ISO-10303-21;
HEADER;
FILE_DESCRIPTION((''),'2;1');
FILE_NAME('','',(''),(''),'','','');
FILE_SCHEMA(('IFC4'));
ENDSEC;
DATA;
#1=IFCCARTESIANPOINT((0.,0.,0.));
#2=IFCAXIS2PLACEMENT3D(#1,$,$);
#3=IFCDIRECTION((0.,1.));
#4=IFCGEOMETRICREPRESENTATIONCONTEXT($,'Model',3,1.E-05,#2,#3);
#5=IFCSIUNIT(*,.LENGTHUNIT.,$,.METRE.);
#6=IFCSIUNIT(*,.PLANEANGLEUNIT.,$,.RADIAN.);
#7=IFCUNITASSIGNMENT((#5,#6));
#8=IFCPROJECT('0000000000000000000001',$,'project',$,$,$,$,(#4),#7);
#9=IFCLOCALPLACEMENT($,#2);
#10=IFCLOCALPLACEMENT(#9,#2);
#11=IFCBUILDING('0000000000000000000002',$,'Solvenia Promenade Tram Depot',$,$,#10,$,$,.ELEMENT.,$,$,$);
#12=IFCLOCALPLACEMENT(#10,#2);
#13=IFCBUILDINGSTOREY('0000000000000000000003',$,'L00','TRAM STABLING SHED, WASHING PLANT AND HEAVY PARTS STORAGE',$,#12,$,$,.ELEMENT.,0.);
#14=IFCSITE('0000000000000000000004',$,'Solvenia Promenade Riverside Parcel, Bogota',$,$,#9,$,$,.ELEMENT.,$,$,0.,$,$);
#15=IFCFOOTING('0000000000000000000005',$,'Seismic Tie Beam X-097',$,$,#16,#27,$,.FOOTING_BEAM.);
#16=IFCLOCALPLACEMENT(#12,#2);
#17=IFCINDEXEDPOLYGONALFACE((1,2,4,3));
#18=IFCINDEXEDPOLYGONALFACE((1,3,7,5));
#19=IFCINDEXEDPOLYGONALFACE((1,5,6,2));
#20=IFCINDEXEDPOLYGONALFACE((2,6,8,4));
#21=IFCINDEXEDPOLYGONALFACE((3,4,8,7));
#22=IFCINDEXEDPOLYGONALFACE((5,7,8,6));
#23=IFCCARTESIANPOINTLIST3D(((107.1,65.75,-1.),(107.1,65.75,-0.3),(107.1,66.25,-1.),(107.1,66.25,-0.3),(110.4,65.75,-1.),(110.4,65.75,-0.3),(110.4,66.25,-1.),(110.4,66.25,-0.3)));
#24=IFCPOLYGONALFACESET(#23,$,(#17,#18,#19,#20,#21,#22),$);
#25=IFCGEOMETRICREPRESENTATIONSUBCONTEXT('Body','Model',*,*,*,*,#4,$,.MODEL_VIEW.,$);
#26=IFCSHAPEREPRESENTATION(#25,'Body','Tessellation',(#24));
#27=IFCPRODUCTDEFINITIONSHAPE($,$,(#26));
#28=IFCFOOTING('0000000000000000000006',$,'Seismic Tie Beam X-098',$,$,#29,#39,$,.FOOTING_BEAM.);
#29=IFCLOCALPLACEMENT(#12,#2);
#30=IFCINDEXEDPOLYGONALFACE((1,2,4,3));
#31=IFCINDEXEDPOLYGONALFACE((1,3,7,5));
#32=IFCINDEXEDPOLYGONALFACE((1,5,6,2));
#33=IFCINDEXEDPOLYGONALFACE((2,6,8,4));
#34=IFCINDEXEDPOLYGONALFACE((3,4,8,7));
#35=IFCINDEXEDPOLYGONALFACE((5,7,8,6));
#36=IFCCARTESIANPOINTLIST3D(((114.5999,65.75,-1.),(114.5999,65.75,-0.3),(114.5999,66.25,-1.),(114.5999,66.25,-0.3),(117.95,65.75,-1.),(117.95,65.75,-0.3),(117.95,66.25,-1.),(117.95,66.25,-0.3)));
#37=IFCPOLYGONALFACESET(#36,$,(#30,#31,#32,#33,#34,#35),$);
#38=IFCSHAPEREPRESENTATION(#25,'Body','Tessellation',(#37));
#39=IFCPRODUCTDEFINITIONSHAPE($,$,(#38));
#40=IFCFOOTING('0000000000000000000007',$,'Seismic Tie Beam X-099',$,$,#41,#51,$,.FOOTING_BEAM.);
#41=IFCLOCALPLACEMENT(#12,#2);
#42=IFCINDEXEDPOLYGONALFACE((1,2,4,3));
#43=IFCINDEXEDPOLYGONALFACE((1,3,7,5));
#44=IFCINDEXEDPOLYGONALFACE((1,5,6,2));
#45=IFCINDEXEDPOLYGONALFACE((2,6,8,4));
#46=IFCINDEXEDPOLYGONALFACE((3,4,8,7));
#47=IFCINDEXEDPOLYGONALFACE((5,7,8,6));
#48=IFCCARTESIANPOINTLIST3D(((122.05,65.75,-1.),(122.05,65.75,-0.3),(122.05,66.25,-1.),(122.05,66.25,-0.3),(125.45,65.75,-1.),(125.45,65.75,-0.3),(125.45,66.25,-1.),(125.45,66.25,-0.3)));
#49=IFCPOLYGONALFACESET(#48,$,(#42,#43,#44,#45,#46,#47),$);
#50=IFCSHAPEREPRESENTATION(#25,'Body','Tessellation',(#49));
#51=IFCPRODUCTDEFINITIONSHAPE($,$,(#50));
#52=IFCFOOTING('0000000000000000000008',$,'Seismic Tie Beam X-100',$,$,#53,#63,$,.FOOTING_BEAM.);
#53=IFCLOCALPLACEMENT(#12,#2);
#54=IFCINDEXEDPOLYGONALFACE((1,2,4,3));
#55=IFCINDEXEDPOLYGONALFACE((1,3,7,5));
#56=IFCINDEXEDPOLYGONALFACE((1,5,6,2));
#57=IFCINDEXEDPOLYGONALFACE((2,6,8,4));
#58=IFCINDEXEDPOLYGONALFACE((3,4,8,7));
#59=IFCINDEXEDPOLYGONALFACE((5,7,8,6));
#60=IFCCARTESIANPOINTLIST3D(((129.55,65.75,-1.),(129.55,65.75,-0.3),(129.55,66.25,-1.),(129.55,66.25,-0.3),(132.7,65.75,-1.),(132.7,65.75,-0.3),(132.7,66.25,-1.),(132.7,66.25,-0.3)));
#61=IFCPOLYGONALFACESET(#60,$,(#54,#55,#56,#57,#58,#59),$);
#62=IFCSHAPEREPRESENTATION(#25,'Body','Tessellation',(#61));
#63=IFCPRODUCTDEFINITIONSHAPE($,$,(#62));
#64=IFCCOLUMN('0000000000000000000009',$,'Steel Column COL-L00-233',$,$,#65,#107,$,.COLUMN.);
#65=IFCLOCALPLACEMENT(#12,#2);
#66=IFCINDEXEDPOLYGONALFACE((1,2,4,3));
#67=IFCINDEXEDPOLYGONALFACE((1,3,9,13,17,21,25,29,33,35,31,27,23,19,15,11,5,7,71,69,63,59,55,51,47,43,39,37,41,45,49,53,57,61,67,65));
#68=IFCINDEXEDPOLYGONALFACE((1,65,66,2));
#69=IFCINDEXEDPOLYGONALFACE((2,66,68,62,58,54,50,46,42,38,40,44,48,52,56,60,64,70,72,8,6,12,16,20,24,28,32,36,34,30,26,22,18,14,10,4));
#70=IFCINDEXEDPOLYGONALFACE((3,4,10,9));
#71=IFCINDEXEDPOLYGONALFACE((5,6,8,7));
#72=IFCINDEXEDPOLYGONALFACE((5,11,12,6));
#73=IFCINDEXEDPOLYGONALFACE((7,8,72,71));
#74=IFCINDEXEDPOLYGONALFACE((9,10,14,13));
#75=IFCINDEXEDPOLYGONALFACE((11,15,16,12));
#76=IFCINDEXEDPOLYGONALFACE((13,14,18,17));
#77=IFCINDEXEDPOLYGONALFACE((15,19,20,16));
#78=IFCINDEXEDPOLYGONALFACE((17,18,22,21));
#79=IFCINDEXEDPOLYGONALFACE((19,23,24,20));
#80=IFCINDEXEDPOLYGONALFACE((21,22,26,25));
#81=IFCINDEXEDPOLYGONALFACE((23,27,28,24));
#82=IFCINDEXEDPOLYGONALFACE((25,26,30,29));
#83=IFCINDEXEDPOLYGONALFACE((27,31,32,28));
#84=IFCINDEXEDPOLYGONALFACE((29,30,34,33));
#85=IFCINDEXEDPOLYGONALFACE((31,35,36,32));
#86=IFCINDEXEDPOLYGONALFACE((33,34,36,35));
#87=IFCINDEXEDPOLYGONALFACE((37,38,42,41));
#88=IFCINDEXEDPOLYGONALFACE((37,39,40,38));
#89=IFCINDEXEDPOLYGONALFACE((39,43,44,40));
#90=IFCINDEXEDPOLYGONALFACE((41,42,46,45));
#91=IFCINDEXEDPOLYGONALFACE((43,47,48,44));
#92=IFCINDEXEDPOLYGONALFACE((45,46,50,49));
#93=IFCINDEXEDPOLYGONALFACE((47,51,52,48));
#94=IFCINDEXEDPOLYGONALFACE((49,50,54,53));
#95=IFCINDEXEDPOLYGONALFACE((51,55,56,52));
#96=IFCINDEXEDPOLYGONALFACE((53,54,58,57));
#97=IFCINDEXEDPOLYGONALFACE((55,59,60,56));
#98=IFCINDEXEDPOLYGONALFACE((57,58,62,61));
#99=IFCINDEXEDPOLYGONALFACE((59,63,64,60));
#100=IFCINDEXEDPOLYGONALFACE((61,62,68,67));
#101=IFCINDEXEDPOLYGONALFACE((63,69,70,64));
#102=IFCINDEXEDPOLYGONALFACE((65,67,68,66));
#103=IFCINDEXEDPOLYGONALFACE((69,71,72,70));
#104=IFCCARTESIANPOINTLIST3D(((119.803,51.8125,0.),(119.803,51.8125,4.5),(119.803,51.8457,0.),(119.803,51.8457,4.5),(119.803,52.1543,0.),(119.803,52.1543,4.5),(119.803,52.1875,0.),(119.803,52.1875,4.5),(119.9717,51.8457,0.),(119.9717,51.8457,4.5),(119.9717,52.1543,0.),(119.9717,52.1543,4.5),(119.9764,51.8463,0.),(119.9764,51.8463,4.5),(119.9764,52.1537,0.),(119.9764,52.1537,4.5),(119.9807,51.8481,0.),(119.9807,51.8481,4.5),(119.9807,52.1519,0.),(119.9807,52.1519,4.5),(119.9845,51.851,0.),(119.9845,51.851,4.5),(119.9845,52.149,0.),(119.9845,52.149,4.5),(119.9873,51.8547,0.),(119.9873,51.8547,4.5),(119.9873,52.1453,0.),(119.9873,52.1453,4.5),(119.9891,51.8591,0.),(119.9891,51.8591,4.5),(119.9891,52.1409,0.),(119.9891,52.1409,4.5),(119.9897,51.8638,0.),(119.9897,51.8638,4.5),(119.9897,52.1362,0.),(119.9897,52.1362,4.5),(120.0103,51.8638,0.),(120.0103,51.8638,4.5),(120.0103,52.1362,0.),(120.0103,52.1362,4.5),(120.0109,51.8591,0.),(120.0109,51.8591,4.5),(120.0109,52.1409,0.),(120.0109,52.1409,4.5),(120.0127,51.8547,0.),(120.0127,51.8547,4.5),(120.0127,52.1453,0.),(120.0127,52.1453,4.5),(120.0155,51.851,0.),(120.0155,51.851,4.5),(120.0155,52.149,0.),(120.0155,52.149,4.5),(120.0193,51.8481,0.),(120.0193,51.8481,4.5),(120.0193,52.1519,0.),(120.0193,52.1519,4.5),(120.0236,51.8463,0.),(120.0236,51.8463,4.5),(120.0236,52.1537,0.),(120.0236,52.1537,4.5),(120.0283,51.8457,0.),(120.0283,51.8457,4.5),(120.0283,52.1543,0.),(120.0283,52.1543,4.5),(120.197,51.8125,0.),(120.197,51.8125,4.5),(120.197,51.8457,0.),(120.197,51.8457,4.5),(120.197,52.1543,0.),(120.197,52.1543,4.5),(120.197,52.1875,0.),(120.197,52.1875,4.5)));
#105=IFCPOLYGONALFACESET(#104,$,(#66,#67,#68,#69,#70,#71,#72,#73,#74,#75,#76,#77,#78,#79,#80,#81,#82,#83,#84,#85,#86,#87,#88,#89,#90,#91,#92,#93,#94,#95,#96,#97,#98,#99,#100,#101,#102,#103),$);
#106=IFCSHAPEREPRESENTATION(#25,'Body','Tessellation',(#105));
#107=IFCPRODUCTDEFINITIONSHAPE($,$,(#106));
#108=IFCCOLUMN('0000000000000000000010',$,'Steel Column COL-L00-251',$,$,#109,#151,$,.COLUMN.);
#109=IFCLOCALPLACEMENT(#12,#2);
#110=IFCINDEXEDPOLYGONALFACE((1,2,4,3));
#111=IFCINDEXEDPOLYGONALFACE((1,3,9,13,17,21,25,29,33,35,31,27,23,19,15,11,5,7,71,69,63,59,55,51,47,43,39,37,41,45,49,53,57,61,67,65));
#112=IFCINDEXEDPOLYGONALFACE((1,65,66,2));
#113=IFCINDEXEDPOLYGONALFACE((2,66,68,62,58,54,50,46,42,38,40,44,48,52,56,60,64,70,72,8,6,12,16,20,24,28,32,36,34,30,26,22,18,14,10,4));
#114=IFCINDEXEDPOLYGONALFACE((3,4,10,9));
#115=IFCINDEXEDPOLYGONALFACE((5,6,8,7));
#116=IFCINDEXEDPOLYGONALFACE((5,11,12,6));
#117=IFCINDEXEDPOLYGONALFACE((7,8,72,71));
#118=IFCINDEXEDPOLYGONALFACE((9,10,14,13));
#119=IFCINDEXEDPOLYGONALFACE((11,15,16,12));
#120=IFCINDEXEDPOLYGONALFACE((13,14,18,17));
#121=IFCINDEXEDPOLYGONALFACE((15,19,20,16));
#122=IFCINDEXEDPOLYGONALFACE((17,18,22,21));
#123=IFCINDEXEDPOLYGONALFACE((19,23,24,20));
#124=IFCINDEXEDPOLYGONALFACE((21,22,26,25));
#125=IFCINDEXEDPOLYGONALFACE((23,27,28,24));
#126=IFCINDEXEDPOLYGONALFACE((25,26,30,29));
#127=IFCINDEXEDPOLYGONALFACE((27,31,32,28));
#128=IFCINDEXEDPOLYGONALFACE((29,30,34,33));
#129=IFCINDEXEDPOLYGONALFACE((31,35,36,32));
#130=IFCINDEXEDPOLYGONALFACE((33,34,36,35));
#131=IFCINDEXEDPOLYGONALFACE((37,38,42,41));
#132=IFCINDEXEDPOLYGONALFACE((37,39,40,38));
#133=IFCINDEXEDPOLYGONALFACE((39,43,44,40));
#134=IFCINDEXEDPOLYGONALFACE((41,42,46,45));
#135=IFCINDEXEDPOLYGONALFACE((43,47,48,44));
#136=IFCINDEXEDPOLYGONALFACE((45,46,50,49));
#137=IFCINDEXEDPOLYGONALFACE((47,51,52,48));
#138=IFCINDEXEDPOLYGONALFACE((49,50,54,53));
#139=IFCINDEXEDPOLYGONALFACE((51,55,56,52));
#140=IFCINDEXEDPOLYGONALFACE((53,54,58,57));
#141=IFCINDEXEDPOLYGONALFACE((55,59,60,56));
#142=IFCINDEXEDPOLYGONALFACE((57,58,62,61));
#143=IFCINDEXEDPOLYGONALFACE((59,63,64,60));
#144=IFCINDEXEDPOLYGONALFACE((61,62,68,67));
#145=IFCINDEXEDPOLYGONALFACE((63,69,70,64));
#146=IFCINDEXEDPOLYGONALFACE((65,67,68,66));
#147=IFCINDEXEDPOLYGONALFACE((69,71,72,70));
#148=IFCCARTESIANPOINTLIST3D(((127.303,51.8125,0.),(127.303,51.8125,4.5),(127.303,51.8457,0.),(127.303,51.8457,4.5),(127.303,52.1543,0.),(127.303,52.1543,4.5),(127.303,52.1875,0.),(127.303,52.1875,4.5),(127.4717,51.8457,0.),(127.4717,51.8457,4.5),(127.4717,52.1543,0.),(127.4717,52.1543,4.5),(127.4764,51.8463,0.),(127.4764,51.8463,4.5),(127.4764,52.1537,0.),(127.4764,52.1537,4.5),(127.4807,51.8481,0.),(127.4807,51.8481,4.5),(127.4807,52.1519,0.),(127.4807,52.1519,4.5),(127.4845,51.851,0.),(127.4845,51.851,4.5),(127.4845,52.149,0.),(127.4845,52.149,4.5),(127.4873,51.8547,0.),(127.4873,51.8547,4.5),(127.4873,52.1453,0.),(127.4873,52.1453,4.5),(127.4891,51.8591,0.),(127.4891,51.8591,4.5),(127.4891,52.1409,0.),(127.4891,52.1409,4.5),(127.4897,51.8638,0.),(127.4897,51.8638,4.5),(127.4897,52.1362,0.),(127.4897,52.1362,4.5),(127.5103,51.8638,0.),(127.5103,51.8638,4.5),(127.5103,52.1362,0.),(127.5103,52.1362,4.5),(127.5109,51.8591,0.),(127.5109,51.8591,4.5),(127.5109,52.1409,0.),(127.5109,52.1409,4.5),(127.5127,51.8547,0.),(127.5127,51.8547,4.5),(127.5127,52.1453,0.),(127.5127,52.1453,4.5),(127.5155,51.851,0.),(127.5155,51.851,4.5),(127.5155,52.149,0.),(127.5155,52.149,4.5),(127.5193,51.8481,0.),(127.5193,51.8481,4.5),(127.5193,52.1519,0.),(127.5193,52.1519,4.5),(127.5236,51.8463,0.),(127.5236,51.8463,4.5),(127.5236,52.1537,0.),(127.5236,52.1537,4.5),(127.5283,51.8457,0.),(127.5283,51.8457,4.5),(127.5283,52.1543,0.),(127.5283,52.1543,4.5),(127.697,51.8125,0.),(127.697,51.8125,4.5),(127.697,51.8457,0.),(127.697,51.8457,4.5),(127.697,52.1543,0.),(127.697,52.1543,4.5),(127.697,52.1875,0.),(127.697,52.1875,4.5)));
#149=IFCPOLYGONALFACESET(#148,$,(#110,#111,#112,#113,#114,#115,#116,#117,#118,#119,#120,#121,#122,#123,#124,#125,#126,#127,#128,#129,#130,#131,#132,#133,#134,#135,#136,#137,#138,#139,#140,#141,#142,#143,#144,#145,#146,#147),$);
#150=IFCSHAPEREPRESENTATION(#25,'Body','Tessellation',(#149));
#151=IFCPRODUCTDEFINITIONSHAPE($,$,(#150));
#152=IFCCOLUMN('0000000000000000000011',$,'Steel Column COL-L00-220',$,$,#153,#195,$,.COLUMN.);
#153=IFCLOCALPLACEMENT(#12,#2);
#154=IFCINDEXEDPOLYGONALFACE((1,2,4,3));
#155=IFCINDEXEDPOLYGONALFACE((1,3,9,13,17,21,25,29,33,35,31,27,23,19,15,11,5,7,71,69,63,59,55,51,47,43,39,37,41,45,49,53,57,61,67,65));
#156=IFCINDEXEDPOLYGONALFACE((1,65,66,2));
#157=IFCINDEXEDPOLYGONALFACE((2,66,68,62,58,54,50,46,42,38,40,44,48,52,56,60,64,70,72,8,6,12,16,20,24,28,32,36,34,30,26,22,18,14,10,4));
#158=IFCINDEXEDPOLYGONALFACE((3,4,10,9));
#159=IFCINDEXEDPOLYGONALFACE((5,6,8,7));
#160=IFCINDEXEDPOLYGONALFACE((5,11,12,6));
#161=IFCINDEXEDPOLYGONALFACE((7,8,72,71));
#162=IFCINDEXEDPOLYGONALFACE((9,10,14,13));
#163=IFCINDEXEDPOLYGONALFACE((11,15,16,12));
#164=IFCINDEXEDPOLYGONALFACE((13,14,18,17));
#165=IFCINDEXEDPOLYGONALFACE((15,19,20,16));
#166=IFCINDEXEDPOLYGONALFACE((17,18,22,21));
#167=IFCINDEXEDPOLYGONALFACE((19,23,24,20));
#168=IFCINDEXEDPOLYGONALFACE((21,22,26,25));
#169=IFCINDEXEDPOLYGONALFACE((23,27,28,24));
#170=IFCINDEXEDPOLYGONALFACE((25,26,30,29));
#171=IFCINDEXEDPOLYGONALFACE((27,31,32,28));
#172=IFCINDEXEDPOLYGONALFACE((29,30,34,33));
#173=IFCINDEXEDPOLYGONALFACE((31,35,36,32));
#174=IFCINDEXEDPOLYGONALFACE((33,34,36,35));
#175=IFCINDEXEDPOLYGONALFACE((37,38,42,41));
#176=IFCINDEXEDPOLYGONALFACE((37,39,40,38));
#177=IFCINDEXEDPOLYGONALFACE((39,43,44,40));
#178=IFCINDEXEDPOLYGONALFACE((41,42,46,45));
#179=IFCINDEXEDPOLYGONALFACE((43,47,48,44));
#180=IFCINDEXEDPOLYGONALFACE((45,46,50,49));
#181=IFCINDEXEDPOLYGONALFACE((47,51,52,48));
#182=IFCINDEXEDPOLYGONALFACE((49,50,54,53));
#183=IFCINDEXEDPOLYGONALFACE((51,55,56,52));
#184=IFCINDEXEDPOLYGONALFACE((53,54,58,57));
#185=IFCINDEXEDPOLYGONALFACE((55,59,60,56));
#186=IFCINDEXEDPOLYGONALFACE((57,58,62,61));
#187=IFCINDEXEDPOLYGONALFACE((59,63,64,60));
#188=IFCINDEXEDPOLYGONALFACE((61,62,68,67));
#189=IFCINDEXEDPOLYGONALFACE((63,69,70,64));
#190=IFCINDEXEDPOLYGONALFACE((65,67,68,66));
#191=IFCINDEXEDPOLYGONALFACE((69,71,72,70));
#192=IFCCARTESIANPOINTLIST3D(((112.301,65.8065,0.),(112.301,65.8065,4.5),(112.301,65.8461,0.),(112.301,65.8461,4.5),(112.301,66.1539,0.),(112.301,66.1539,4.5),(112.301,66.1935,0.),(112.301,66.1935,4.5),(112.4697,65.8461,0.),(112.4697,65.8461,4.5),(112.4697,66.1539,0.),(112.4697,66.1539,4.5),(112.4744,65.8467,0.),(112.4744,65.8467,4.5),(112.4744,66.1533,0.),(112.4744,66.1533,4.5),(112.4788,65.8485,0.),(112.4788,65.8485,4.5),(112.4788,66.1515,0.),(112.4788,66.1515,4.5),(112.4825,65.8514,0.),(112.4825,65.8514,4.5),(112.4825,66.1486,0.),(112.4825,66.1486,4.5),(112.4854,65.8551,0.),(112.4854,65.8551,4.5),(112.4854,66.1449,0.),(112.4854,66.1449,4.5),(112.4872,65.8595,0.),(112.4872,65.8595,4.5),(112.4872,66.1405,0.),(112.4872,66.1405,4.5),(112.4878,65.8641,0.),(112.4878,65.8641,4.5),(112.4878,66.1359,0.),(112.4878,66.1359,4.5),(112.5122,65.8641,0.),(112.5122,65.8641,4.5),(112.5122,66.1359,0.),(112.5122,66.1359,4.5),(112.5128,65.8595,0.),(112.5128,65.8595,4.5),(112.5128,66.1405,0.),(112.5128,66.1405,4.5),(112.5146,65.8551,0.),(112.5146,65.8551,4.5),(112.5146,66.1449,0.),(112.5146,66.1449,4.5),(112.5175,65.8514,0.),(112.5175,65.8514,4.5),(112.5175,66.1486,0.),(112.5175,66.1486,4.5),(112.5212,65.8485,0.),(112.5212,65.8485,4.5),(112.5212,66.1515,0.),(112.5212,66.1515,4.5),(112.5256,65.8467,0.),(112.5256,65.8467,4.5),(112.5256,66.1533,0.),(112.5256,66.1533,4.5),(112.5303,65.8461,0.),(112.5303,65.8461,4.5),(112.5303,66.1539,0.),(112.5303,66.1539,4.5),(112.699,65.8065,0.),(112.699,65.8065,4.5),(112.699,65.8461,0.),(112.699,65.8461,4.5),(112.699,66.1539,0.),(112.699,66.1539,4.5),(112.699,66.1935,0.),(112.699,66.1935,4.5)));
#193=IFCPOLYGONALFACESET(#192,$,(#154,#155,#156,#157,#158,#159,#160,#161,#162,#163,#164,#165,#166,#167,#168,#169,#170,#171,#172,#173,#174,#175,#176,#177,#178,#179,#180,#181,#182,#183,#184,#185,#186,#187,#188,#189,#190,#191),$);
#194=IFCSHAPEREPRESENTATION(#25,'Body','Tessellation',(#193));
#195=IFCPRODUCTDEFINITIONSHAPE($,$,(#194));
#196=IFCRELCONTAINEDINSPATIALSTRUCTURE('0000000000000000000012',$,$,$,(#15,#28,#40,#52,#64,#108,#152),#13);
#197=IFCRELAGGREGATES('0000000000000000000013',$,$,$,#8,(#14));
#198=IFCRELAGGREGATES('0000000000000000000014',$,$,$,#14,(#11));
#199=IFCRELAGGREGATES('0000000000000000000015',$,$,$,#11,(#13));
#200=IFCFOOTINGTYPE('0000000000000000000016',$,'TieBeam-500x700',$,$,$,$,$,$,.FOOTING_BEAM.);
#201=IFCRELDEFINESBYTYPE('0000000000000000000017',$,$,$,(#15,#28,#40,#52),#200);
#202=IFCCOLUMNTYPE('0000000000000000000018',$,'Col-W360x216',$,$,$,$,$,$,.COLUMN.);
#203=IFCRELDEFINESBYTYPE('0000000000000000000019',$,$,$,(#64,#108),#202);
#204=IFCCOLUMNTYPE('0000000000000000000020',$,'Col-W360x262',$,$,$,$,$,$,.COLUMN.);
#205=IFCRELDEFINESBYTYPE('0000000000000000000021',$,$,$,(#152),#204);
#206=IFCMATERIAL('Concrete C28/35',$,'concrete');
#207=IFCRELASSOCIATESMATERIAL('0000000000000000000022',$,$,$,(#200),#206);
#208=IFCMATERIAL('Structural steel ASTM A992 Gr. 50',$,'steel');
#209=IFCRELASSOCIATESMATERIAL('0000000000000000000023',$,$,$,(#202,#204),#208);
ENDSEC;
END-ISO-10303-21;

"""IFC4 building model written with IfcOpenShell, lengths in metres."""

from ifc_helpers import new_model, si_unit, direction, frame, origin, origin_2d, place, context, subcontext, project, spatial, rectangle, i_section, extrude, material, material_profile, profile_set, type_object, element, save


model = new_model("IFC4")

# Units and contexts
model_context = context("Model", 3, precision=1e-05, world=origin(), true_north=direction((0.0, 1.0)))
body_context = subcontext(model_context, "Body", "Model", "MODEL_VIEW")
ifc_project = project(units=[si_unit("LENGTHUNIT", "METRE"), si_unit("PLANEANGLEUNIT", "RADIAN")], contexts=[model_context])

# Site, building, storey
site_placement = place(None, origin())
site = spatial("IfcSite", under=ifc_project, at=site_placement, Name="Solvenia Promenade Riverside Parcel, Bogota", CompositionType="ELEMENT", RefElevation=0.0)
building_placement = place(site_placement, origin())
building = spatial("IfcBuilding", under=site, at=building_placement, Name="Solvenia Promenade Tram Depot", CompositionType="ELEMENT")
storey_placement = place(building_placement, origin())
storey = spatial("IfcBuildingStorey", under=building, at=storey_placement, Name="L00", Description="TRAM STABLING SHED, WASHING PLANT AND HEAVY PARTS STORAGE", CompositionType="ELEMENT", Elevation=0.0)

# Shared definitions
ifc_material_1 = material(Name="Concrete C28/35", Category="concrete")

# Footings
footing_type_1 = type_object("IfcFootingType", Name="TieBeam-500x700", PredefinedType="FOOTING_BEAM", material=ifc_material_1)
footing_1_placement = place(storey_placement, frame((108.75, 66.0, -1.0), z_axis=(0.0, 0.0, 1.0), x_axis=(1.0, 0.0, 0.0)))
element("IfcFooting", 1, at=footing_1_placement, inside=storey, type_object=footing_type_1, Name="Seismic Tie Beam X-097", PredefinedType="FOOTING_BEAM", context=body_context, shape_type="SweptSolid", body=[
    extrude(rectangle(XDim=3.3, YDim=0.5, at=origin_2d()), origin(), (0.0, 0.0, 1.0), 0.7),
])
footing_2_placement = place(storey_placement, frame((116.2749, 66.0, -1.0), z_axis=(0.0, 0.0, 1.0), x_axis=(1.0, 0.0, 0.0)))
element("IfcFooting", 2, at=footing_2_placement, inside=storey, type_object=footing_type_1, Name="Seismic Tie Beam X-098", PredefinedType="FOOTING_BEAM", context=body_context, shape_type="SweptSolid", body=[
    extrude(rectangle(XDim=3.3501, YDim=0.5, at=origin_2d()), origin(), (0.0, 0.0, 1.0), 0.7),
])
footing_3_placement = place(storey_placement, frame((123.75, 66.0, -1.0), z_axis=(0.0, 0.0, 1.0), x_axis=(1.0, 0.0, 0.0)))
element("IfcFooting", 3, at=footing_3_placement, inside=storey, type_object=footing_type_1, Name="Seismic Tie Beam X-099", PredefinedType="FOOTING_BEAM", context=body_context, shape_type="SweptSolid", body=[
    extrude(rectangle(XDim=3.3999, YDim=0.5, at=origin_2d()), origin(), (0.0, 0.0, 1.0), 0.7),
])
footing_4_placement = place(storey_placement, frame((131.125, 66.0, -1.0), z_axis=(0.0, 0.0, 1.0), x_axis=(1.0, 0.0, 0.0)))
element("IfcFooting", 4, at=footing_4_placement, inside=storey, type_object=footing_type_1, Name="Seismic Tie Beam X-100", PredefinedType="FOOTING_BEAM", context=body_context, shape_type="SweptSolid", body=[
    extrude(rectangle(XDim=3.1499, YDim=0.5, at=origin_2d()), origin(), (0.0, 0.0, 1.0), 0.7),
])

# Columns
ifc_material_2 = material(Name="Structural steel ASTM A992 Gr. 50", Category="steel")
ifc_material_profile_1 = material_profile(ifc_material_2, i_section(OverallWidth=0.394, OverallDepth=0.375, WebThickness=0.0205, FlangeThickness=0.0332, FilletRadius=0.0181, at=origin_2d()), Name="W360x216", Category="steel")
ifc_profile_set_1 = profile_set([ifc_material_profile_1], Name="Structural steel ASTM A992 Gr. 50")
column_type_1 = type_object("IfcColumnType", Name="Col-W360x216", PredefinedType="COLUMN", material=ifc_profile_set_1)
for number, where, z_axis, x_axis, name in (
    (5, (120.0, 52.0, 0.0), (0.0, 0.0, 1.0), (1.0, 0.0, 0.0), "Steel Column COL-L00-233"),
    (6, (127.5, 52.0, 0.0), (0.0, 0.0, 1.0), (1.0, 0.0, 0.0), "Steel Column COL-L00-251"),
):
    element("IfcColumn", number, at=place(storey_placement, frame(where, z_axis=z_axis, x_axis=x_axis)), inside=storey, type_object=column_type_1, Name=name, PredefinedType="COLUMN", context=body_context, shape_type="SweptSolid", body=[
        extrude(i_section(OverallWidth=0.394, OverallDepth=0.375, WebThickness=0.0205, FlangeThickness=0.0332, FilletRadius=0.0181, at=origin_2d()), origin(), (0.0, 0.0, 1.0), 4.5),
    ])
ifc_material_profile_2 = material_profile(ifc_material_2, i_section(OverallWidth=0.3979, OverallDepth=0.387, WebThickness=0.0244, FlangeThickness=0.0396, FilletRadius=0.0181, at=origin_2d()), Name="W360x262", Category="steel")
ifc_profile_set_2 = profile_set([ifc_material_profile_2], Name="Structural steel ASTM A992 Gr. 50")
column_type_2 = type_object("IfcColumnType", Name="Col-W360x262", PredefinedType="COLUMN", material=ifc_profile_set_2)
for number, where, z_axis, x_axis, name in (
    (7, (112.5, 66.0, 0.0), (0.0, 0.0, 1.0), (1.0, 0.0, 0.0), "Steel Column COL-L00-220"),
):
    element("IfcColumn", number, at=place(storey_placement, frame(where, z_axis=z_axis, x_axis=x_axis)), inside=storey, type_object=column_type_2, Name=name, PredefinedType="COLUMN", context=body_context, shape_type="SweptSolid", body=[
        extrude(i_section(OverallWidth=0.3979, OverallDepth=0.387, WebThickness=0.0244, FlangeThickness=0.0396, FilletRadius=0.0181, at=origin_2d()), origin(), (0.0, 0.0, 1.0), 4.5),
    ])

save(model, "model.ifc")
